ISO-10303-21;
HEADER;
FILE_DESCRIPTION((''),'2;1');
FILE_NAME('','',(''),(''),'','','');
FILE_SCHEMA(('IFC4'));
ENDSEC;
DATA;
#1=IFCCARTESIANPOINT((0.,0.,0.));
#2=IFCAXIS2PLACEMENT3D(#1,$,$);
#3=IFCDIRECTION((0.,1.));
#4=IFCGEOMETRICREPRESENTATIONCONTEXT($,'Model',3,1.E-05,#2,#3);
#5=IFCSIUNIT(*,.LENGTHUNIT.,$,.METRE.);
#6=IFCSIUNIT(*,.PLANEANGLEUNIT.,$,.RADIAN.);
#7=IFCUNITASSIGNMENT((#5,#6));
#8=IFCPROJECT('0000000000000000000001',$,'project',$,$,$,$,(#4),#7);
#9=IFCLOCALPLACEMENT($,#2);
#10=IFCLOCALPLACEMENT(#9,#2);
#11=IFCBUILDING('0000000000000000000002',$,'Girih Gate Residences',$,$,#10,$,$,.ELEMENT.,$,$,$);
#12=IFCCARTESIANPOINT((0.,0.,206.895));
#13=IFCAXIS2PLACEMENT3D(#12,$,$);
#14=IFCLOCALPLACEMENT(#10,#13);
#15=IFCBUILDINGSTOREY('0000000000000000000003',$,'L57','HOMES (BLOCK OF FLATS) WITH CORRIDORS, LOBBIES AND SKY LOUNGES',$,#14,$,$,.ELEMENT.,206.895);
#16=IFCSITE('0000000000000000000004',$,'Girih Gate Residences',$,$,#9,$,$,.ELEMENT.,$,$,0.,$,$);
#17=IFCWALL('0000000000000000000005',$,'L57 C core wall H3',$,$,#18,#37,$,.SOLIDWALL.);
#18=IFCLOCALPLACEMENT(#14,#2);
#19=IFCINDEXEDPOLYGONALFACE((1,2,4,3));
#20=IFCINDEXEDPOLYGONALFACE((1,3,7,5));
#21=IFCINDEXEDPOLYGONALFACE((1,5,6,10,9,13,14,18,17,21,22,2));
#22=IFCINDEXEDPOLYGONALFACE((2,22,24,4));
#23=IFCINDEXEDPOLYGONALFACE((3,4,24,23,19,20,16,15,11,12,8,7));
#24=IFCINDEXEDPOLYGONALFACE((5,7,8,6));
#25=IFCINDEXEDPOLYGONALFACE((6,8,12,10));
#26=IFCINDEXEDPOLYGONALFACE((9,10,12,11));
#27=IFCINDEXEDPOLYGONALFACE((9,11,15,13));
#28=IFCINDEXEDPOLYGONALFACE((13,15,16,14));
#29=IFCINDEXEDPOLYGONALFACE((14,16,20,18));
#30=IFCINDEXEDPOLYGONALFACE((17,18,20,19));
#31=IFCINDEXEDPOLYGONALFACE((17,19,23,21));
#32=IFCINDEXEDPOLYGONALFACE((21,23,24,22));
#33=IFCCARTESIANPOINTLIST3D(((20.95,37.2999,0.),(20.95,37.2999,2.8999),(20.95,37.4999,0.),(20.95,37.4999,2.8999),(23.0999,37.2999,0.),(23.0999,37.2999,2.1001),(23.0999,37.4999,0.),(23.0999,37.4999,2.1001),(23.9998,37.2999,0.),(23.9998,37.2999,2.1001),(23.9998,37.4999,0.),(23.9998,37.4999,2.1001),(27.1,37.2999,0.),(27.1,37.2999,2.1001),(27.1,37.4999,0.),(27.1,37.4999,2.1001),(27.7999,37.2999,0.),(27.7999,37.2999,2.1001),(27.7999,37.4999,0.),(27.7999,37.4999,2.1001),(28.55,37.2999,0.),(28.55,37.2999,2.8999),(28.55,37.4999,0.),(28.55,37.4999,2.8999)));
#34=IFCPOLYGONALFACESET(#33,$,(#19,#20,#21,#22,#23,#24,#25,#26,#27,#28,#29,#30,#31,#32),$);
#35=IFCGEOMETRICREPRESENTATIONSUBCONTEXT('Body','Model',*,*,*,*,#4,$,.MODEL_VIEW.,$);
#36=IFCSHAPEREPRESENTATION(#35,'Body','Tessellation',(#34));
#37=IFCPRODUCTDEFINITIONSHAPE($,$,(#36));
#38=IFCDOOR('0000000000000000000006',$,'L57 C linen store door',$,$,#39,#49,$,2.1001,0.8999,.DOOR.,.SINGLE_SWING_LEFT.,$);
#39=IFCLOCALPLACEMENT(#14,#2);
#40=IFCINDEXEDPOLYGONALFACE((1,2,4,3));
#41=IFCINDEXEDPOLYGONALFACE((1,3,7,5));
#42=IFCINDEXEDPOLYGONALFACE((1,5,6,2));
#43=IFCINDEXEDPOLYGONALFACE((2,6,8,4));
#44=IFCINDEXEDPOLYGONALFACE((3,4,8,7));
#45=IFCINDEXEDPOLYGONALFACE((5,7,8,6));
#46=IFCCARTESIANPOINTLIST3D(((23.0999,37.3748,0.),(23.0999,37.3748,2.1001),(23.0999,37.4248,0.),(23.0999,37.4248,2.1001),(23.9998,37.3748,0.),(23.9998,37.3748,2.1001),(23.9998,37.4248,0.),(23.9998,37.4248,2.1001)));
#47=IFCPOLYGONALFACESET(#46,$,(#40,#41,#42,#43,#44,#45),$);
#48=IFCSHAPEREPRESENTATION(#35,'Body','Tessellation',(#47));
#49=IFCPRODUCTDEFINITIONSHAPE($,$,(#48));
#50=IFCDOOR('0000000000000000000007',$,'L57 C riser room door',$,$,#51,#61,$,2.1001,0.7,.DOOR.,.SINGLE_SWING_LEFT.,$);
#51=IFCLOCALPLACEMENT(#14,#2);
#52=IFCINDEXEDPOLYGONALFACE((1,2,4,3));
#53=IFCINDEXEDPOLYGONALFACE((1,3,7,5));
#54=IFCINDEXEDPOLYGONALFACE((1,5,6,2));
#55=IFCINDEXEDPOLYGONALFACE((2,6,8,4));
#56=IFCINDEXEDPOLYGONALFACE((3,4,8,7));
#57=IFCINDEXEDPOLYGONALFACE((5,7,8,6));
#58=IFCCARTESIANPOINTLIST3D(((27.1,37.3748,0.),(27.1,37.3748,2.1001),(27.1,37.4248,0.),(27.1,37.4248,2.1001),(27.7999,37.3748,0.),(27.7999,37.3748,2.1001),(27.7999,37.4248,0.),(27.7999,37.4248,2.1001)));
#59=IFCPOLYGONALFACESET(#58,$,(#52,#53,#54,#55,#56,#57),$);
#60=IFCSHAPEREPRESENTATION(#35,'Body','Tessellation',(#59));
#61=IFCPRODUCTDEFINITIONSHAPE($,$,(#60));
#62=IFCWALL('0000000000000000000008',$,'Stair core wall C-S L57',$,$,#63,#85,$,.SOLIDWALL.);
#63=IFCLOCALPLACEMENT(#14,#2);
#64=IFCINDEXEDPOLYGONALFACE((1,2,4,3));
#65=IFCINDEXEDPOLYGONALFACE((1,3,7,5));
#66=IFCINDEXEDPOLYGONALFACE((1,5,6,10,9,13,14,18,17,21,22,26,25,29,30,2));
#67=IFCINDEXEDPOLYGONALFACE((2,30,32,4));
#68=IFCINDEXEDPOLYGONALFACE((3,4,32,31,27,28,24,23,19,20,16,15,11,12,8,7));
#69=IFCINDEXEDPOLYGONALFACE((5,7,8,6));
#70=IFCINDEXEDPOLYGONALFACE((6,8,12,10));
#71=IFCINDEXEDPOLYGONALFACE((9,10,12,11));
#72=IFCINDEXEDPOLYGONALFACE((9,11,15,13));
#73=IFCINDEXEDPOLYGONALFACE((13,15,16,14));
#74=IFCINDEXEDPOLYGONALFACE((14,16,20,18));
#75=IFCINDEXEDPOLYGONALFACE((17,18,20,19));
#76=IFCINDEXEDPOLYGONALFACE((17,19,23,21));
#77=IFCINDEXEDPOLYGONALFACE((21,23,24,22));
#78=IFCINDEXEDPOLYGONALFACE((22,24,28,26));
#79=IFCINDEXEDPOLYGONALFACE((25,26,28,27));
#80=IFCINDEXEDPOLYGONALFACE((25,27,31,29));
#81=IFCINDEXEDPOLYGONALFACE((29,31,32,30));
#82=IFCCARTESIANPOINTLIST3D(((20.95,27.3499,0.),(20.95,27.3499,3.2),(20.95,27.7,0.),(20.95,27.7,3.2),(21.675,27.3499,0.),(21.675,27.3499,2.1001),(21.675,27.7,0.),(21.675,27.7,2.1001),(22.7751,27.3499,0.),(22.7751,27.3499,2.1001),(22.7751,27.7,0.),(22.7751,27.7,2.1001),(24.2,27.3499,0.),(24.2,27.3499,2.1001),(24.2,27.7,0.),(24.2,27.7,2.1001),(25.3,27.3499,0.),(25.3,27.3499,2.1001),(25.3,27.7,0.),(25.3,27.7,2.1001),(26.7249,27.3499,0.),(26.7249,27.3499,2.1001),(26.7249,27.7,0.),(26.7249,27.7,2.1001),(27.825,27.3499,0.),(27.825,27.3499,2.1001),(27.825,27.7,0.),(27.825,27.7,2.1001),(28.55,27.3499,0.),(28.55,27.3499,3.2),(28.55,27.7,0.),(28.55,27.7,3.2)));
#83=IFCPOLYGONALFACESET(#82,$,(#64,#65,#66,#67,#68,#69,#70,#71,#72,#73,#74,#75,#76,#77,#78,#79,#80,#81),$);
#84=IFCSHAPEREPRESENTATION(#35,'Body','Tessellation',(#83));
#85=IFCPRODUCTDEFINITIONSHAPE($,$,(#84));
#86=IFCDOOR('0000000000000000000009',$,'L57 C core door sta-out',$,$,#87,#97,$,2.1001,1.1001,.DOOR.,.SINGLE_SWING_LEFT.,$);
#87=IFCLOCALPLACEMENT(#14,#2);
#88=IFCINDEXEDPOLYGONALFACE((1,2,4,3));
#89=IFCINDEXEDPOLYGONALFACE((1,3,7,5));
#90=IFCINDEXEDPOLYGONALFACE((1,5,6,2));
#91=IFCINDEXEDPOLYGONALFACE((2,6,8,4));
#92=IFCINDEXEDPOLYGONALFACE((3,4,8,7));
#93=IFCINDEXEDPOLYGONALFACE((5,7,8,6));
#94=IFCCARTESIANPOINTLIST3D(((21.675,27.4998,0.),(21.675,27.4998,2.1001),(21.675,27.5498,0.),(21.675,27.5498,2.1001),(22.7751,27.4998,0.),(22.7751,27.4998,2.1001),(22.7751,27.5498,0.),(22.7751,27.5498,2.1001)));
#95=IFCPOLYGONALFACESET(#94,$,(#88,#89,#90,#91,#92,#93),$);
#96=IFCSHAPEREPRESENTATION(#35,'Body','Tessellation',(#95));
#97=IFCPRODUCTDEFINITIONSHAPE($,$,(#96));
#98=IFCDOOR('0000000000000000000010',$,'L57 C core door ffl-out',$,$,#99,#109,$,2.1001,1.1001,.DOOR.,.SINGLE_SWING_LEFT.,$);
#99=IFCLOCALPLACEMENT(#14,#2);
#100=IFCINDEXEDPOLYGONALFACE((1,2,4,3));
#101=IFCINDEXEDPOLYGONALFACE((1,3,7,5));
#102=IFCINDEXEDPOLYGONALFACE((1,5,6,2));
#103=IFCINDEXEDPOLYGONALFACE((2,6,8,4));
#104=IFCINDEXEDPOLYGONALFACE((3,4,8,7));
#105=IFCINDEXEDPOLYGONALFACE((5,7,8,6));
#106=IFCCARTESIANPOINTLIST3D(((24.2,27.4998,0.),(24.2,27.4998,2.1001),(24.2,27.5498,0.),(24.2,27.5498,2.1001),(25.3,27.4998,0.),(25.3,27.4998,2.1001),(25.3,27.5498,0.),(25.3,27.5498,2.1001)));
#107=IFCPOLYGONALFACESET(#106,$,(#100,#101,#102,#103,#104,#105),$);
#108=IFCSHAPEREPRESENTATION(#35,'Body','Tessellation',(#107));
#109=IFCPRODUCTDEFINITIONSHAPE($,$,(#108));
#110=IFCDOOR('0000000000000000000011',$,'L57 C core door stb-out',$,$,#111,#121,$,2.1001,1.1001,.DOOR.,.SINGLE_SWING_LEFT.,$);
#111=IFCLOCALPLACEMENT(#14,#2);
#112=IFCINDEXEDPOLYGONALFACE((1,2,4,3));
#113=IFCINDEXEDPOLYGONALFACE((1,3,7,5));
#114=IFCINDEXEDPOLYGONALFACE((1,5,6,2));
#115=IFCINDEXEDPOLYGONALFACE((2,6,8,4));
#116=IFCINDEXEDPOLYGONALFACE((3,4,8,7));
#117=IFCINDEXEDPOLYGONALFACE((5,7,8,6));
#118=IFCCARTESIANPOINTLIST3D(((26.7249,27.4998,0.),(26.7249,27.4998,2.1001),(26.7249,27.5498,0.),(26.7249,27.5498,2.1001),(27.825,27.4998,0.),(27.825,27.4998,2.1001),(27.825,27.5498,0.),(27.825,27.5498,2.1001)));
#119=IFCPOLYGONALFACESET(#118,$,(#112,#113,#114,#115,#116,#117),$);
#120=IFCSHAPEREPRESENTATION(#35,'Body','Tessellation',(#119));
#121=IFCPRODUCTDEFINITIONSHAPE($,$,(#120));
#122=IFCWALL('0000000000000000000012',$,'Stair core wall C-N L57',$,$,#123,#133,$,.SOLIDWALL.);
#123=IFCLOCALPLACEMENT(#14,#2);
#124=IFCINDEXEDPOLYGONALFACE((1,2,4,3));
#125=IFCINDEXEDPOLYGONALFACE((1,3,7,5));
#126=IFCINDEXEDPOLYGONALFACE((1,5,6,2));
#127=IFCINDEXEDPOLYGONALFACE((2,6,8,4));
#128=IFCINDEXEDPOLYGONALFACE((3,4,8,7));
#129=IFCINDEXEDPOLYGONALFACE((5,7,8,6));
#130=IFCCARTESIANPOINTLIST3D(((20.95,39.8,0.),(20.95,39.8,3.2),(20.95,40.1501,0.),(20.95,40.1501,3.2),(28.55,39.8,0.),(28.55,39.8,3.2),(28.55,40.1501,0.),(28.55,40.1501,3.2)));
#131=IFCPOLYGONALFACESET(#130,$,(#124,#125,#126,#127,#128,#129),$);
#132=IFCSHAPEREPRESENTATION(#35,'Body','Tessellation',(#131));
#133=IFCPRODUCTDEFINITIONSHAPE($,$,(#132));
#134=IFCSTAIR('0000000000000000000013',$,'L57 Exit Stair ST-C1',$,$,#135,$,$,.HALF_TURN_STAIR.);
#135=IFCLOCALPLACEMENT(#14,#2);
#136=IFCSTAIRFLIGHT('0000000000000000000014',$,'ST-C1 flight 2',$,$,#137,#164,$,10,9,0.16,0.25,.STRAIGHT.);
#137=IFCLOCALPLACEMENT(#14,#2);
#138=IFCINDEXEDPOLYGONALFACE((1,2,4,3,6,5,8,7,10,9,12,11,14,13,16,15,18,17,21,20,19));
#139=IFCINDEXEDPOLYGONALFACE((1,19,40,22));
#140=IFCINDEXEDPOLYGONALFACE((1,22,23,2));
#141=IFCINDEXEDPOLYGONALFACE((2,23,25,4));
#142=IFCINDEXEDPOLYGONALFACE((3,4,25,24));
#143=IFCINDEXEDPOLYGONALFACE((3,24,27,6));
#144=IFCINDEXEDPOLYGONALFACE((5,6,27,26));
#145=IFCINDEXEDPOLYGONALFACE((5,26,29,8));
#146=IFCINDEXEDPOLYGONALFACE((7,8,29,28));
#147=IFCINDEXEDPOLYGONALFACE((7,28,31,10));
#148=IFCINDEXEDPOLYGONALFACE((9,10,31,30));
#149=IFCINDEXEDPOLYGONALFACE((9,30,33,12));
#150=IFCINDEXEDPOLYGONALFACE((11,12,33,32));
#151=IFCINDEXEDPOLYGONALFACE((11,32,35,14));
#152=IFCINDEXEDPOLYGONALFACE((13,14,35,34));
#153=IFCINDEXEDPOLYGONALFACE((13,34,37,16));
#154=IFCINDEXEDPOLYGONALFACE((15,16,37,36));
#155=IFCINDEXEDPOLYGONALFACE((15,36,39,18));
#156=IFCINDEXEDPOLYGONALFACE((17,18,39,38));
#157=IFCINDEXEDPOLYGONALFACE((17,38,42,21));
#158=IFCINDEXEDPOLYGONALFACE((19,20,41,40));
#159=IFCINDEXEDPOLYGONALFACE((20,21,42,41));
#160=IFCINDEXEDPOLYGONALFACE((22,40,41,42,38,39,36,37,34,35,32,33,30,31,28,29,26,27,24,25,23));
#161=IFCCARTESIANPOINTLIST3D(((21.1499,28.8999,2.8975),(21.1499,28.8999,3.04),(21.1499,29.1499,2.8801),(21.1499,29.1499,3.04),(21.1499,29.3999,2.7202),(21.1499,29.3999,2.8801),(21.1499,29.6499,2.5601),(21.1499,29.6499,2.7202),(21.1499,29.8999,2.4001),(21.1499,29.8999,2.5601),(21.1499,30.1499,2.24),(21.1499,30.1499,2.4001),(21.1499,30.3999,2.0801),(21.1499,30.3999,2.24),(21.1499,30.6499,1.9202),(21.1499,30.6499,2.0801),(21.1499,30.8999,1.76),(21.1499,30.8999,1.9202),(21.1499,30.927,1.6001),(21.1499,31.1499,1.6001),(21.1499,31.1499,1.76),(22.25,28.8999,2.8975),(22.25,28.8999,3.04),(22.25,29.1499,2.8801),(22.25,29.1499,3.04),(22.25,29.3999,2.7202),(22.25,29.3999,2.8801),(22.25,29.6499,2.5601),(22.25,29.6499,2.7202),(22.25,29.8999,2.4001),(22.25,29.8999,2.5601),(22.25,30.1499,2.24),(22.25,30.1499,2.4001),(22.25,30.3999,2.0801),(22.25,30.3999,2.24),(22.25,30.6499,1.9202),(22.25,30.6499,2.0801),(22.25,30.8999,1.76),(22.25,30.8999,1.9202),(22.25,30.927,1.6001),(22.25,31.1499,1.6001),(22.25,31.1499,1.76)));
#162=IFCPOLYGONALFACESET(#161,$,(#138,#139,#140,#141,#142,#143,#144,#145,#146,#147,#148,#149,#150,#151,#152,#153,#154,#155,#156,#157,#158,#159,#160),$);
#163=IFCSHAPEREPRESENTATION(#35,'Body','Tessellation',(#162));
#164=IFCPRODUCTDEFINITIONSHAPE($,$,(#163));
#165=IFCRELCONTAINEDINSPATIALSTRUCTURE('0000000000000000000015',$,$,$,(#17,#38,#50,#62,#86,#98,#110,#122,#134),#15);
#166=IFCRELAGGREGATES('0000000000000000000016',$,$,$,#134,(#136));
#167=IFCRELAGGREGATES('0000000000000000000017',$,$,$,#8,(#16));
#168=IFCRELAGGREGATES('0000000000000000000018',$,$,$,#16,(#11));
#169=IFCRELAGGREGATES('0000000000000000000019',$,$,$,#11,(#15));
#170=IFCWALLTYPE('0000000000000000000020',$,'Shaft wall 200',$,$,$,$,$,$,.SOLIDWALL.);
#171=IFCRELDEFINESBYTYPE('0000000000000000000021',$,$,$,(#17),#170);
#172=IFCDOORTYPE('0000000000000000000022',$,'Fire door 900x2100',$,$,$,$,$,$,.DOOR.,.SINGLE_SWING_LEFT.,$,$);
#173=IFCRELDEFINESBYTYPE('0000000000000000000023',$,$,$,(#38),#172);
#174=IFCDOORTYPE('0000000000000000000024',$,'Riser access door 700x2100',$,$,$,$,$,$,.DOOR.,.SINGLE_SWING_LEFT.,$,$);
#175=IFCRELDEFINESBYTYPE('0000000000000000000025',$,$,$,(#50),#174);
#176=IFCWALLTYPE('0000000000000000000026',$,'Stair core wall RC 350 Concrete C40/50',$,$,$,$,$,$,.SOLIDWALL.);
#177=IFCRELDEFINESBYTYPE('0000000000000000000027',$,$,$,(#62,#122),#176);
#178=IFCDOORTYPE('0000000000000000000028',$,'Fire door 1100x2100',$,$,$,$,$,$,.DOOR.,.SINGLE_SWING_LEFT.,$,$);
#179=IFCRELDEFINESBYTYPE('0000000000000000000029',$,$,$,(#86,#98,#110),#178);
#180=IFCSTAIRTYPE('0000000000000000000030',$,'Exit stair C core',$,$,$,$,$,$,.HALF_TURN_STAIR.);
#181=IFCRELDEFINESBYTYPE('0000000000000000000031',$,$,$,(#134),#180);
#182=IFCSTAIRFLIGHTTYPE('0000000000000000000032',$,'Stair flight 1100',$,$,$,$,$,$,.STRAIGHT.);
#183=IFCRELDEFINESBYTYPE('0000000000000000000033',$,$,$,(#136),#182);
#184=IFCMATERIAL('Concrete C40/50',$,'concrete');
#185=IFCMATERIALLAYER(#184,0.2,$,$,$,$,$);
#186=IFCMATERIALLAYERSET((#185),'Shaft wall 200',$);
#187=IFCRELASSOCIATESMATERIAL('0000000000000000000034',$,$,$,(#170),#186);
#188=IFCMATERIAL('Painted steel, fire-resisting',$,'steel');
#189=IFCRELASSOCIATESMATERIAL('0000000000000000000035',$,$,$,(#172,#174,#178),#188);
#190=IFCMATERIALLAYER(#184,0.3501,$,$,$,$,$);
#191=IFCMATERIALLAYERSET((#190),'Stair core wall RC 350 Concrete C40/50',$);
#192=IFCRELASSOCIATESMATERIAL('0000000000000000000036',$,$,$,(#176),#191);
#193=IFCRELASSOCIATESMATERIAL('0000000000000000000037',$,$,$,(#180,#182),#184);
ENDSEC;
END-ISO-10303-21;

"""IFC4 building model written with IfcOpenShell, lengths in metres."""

from ifc_helpers import new_model, si_unit, direction, frame, frame_2d, origin, place, context, subcontext, project, spatial, polyline, rectangle, outline, extrude, material, layer, layer_set, type_object, element, fill, aggregate, save


model = new_model("IFC4")

# Units and contexts
model_context = context("Model", 3, precision=1e-05, world=origin(), true_north=direction((0.0, 1.0)))
body_context = subcontext(model_context, "Body", "Model", "MODEL_VIEW")
ifc_project = project(units=[si_unit("LENGTHUNIT", "METRE"), si_unit("PLANEANGLEUNIT", "RADIAN")], contexts=[model_context])

# Site, building, storey
site_placement = place(None, origin())
site = spatial("IfcSite", under=ifc_project, at=site_placement, Name="Girih Gate Residences", CompositionType="ELEMENT", RefElevation=0.0)
building_placement = place(site_placement, origin())
building = spatial("IfcBuilding", under=site, at=building_placement, Name="Girih Gate Residences", CompositionType="ELEMENT")
storey_placement = place(building_placement, frame((0.0, 0.0, 206.895)))
storey = spatial("IfcBuildingStorey", under=building, at=storey_placement, Name="L57", Description="HOMES (BLOCK OF FLATS) WITH CORRIDORS, LOBBIES AND SKY LOUNGES", CompositionType="ELEMENT", Elevation=206.895)

# Shared definitions
ifc_material_1 = material(Name="Concrete C40/50", Category="concrete")
ifc_layer_1 = layer(ifc_material_1, 0.2)
ifc_layer_set_1 = layer_set([ifc_layer_1], Name="Shaft wall 200")
wall_type_1 = type_object("IfcWallType", Name="Shaft wall 200", PredefinedType="SOLIDWALL", material=ifc_layer_set_1)

# Shared definitions
ifc_material_2 = material(Name="Painted steel, fire-resisting", Category="steel")
door_type_1 = type_object("IfcDoorType", Name="Fire door 900x2100", OperationType="SINGLE_SWING_LEFT", PredefinedType="DOOR", material=ifc_material_2)

# Walls, openings, doors
wall_1_placement = place(storey_placement, frame((20.95, 37.3999, 0.0), z_axis=(0.0, 0.0, 1.0), x_axis=(1.0, 0.0, 0.0)))
wall_1 = element("IfcWall", 1, at=wall_1_placement, inside=storey, type_object=wall_type_1, Name="L57 C core wall H3", PredefinedType="SOLIDWALL", context=body_context, shape_type="SweptSolid", body=[
    extrude(rectangle(XDim=7.6001, YDim=0.2, at=frame_2d((3.8, 0.0))), origin(), (0.0, 0.0, 1.0), 2.8999),
])
opening_1_placement = place(wall_1_placement, frame((6.1499, 0.0, 0.0)))
opening_1 = element("IfcOpeningElement", 2, at=opening_1_placement, cuts=wall_1, PredefinedType="OPENING", context=body_context, shape_type="SweptSolid", body=[
    extrude(rectangle(XDim=0.7, YDim=2.1001, at=frame_2d((0.3501, 1.05))), frame((0.0, 0.1099, 0.0), z_axis=(0.0, -1.0, 0.0), x_axis=(1.0, 0.0, 0.0)), (0.0, 0.0, 1.0), 0.22),
])
opening_2_placement = place(wall_1_placement, frame((2.1499, 0.0, 0.0)))
opening_2 = element("IfcOpeningElement", 3, at=opening_2_placement, cuts=wall_1, PredefinedType="OPENING", context=body_context, shape_type="SweptSolid", body=[
    extrude(rectangle(XDim=0.8999, YDim=2.1001, at=frame_2d((0.45, 1.05))), frame((0.0, 0.1099, 0.0), z_axis=(0.0, -1.0, 0.0), x_axis=(1.0, 0.0, 0.0)), (0.0, 0.0, 1.0), 0.22),
])
door_1_placement = place(opening_2_placement, origin())
door_1 = element("IfcDoor", 4, at=door_1_placement, inside=storey, type_object=door_type_1, Name="L57 C linen store door", OperationType="SINGLE_SWING_LEFT", OverallHeight=2.1001, OverallWidth=0.8999, PredefinedType="DOOR", context=body_context, shape_type="SweptSolid", body=[
    extrude(rectangle(XDim=0.8999, YDim=2.1001, at=frame_2d((0.45, 1.05))), frame((0.0, 0.0249, 0.0), z_axis=(0.0, -1.0, 0.0), x_axis=(1.0, 0.0, 0.0)), (0.0, 0.0, 1.0), 0.05),
])
fill(opening_2, door_1)
door_type_2 = type_object("IfcDoorType", Name="Riser access door 700x2100", OperationType="SINGLE_SWING_LEFT", PredefinedType="DOOR", material=ifc_material_2)
door_2_placement = place(opening_1_placement, origin())
door_2 = element("IfcDoor", 5, at=door_2_placement, inside=storey, type_object=door_type_2, Name="L57 C riser room door", OperationType="SINGLE_SWING_LEFT", OverallHeight=2.1001, OverallWidth=0.7, PredefinedType="DOOR", context=body_context, shape_type="SweptSolid", body=[
    extrude(rectangle(XDim=0.7, YDim=2.1001, at=frame_2d((0.3501, 1.05))), frame((0.0, 0.0249, 0.0), z_axis=(0.0, -1.0, 0.0), x_axis=(1.0, 0.0, 0.0)), (0.0, 0.0, 1.0), 0.05),
])
fill(opening_1, door_2)
ifc_layer_2 = layer(ifc_material_1, 0.3501)
ifc_layer_set_2 = layer_set([ifc_layer_2], Name="Stair core wall RC 350 Concrete C40/50")
wall_type_2 = type_object("IfcWallType", Name="Stair core wall RC 350 Concrete C40/50", PredefinedType="SOLIDWALL", material=ifc_layer_set_2)
wall_2_placement = place(storey_placement, frame((20.95, 27.5249, 0.0), z_axis=(0.0, 0.0, 1.0), x_axis=(1.0, 0.0, 0.0)))
wall_2 = element("IfcWall", 6, at=wall_2_placement, inside=storey, type_object=wall_type_2, Name="Stair core wall C-S L57", PredefinedType="SOLIDWALL", context=body_context, shape_type="SweptSolid", body=[
    extrude(rectangle(XDim=7.6001, YDim=0.3501, at=frame_2d((3.8, 0.0))), origin(), (0.0, 0.0, 1.0), 3.2),
])
opening_3_placement = place(wall_2_placement, frame((0.7251, 0.0, 0.0)))
opening_3 = element("IfcOpeningElement", 7, at=opening_3_placement, cuts=wall_2, PredefinedType="OPENING", context=body_context, shape_type="SweptSolid", body=[
    extrude(rectangle(XDim=1.1001, YDim=2.1001, at=frame_2d((0.55, 1.05))), frame((0.0, 0.1851, 0.0), z_axis=(0.0, -1.0, 0.0), x_axis=(1.0, 0.0, 0.0)), (0.0, 0.0, 1.0), 0.3701),
])
opening_4_placement = place(wall_2_placement, frame((3.25, 0.0, 0.0)))
opening_4 = element("IfcOpeningElement", 8, at=opening_4_placement, cuts=wall_2, PredefinedType="OPENING", context=body_context, shape_type="SweptSolid", body=[
    extrude(rectangle(XDim=1.1001, YDim=2.1001, at=frame_2d((0.55, 1.05))), frame((0.0, 0.1851, 0.0), z_axis=(0.0, -1.0, 0.0), x_axis=(1.0, 0.0, 0.0)), (0.0, 0.0, 1.0), 0.3701),
])
opening_5_placement = place(wall_2_placement, frame((5.7749, 0.0, 0.0)))
opening_5 = element("IfcOpeningElement", 9, at=opening_5_placement, cuts=wall_2, PredefinedType="OPENING", context=body_context, shape_type="SweptSolid", body=[
    extrude(rectangle(XDim=1.1001, YDim=2.1001, at=frame_2d((0.55, 1.05))), frame((0.0, 0.1851, 0.0), z_axis=(0.0, -1.0, 0.0), x_axis=(1.0, 0.0, 0.0)), (0.0, 0.0, 1.0), 0.3701),
])
door_type_3 = type_object("IfcDoorType", Name="Fire door 1100x2100", OperationType="SINGLE_SWING_LEFT", PredefinedType="DOOR", material=ifc_material_2)
door_3_placement = place(opening_3_placement, origin())
door_3 = element("IfcDoor", 10, at=door_3_placement, inside=storey, type_object=door_type_3, Name="L57 C core door sta-out", OperationType="SINGLE_SWING_LEFT", OverallHeight=2.1001, OverallWidth=1.1001, PredefinedType="DOOR", context=body_context, shape_type="SweptSolid", body=[
    extrude(rectangle(XDim=1.1001, YDim=2.1001, at=frame_2d((0.55, 1.05))), frame((0.0, 0.0249, 0.0), z_axis=(0.0, -1.0, 0.0), x_axis=(1.0, 0.0, 0.0)), (0.0, 0.0, 1.0), 0.05),
])
fill(opening_3, door_3)
door_4_placement = place(opening_4_placement, origin())
door_4 = element("IfcDoor", 11, at=door_4_placement, inside=storey, type_object=door_type_3, Name="L57 C core door ffl-out", OperationType="SINGLE_SWING_LEFT", OverallHeight=2.1001, OverallWidth=1.1001, PredefinedType="DOOR", context=body_context, shape_type="SweptSolid", body=[
    extrude(rectangle(XDim=1.1001, YDim=2.1001, at=frame_2d((0.55, 1.05))), frame((0.0, 0.0249, 0.0), z_axis=(0.0, -1.0, 0.0), x_axis=(1.0, 0.0, 0.0)), (0.0, 0.0, 1.0), 0.05),
])
fill(opening_4, door_4)
door_5_placement = place(opening_5_placement, origin())
door_5 = element("IfcDoor", 12, at=door_5_placement, inside=storey, type_object=door_type_3, Name="L57 C core door stb-out", OperationType="SINGLE_SWING_LEFT", OverallHeight=2.1001, OverallWidth=1.1001, PredefinedType="DOOR", context=body_context, shape_type="SweptSolid", body=[
    extrude(rectangle(XDim=1.1001, YDim=2.1001, at=frame_2d((0.55, 1.05))), frame((0.0, 0.0249, 0.0), z_axis=(0.0, -1.0, 0.0), x_axis=(1.0, 0.0, 0.0)), (0.0, 0.0, 1.0), 0.05),
])
fill(opening_5, door_5)

# Wall
wall_3_placement = place(storey_placement, frame((20.95, 39.9751, 0.0), z_axis=(0.0, 0.0, 1.0), x_axis=(1.0, 0.0, 0.0)))
element("IfcWall", 13, at=wall_3_placement, inside=storey, type_object=wall_type_2, Name="Stair core wall C-N L57", PredefinedType="SOLIDWALL", context=body_context, shape_type="SweptSolid", body=[
    extrude(rectangle(XDim=7.6001, YDim=0.3501, at=frame_2d((3.8, 0.0))), origin(), (0.0, 0.0, 1.0), 3.2),
])

# Stair, stair flight
stair_type = type_object("IfcStairType", Name="Exit stair C core", PredefinedType="HALF_TURN_STAIR", material=ifc_material_1)
stair_placement = place(storey_placement, origin())
stair = element("IfcStair", 14, at=stair_placement, inside=storey, type_object=stair_type, Name="L57 Exit Stair ST-C1", PredefinedType="HALF_TURN_STAIR")
stair_flight_type = type_object("IfcStairFlightType", Name="Stair flight 1100", PredefinedType="STRAIGHT", material=ifc_material_1)
stair_flight_placement = place(storey_placement, frame((21.7, 31.1499, 1.6001), z_axis=(0.0, 0.0, 1.0), x_axis=(0.0, -1.0, 0.0)))
stair_flight = element("IfcStairFlight", 15, at=stair_flight_placement, type_object=stair_flight_type, Name="ST-C1 flight 2", NumberOfRisers=10, NumberOfTreads=9, PredefinedType="STRAIGHT", RiserHeight=0.16, TreadLength=0.25, context=body_context, shape_type="SweptSolid", body=[
    extrude(outline(polyline([(0.0, 0.0), (0.0, 0.1599), (0.25, 0.1599), (0.25, 0.3201), (0.5, 0.3201), (0.5, 0.48), (0.75, 0.48), (0.75, 0.6399), (1.0, 0.6399), (1.0, 0.8), (1.25, 0.8), (1.25, 0.96), (1.5, 0.96), (1.5, 1.1201), (1.75, 1.1201), (1.75, 1.28), (2.0, 1.28), (2.0, 1.4399), (2.25, 1.4399), (2.25, 1.6001), (2.25, 1.2974), (0.2229, 0.0), (0.0, 0.0)])), frame((0.0, 0.55, 0.0), z_axis=(0.0, -1.0, 0.0), x_axis=(1.0, 0.0, 0.0)), (0.0, 0.0, 1.0), 1.1001),
])
aggregate(stair, [stair_flight])

save(model, "model.ifc")
